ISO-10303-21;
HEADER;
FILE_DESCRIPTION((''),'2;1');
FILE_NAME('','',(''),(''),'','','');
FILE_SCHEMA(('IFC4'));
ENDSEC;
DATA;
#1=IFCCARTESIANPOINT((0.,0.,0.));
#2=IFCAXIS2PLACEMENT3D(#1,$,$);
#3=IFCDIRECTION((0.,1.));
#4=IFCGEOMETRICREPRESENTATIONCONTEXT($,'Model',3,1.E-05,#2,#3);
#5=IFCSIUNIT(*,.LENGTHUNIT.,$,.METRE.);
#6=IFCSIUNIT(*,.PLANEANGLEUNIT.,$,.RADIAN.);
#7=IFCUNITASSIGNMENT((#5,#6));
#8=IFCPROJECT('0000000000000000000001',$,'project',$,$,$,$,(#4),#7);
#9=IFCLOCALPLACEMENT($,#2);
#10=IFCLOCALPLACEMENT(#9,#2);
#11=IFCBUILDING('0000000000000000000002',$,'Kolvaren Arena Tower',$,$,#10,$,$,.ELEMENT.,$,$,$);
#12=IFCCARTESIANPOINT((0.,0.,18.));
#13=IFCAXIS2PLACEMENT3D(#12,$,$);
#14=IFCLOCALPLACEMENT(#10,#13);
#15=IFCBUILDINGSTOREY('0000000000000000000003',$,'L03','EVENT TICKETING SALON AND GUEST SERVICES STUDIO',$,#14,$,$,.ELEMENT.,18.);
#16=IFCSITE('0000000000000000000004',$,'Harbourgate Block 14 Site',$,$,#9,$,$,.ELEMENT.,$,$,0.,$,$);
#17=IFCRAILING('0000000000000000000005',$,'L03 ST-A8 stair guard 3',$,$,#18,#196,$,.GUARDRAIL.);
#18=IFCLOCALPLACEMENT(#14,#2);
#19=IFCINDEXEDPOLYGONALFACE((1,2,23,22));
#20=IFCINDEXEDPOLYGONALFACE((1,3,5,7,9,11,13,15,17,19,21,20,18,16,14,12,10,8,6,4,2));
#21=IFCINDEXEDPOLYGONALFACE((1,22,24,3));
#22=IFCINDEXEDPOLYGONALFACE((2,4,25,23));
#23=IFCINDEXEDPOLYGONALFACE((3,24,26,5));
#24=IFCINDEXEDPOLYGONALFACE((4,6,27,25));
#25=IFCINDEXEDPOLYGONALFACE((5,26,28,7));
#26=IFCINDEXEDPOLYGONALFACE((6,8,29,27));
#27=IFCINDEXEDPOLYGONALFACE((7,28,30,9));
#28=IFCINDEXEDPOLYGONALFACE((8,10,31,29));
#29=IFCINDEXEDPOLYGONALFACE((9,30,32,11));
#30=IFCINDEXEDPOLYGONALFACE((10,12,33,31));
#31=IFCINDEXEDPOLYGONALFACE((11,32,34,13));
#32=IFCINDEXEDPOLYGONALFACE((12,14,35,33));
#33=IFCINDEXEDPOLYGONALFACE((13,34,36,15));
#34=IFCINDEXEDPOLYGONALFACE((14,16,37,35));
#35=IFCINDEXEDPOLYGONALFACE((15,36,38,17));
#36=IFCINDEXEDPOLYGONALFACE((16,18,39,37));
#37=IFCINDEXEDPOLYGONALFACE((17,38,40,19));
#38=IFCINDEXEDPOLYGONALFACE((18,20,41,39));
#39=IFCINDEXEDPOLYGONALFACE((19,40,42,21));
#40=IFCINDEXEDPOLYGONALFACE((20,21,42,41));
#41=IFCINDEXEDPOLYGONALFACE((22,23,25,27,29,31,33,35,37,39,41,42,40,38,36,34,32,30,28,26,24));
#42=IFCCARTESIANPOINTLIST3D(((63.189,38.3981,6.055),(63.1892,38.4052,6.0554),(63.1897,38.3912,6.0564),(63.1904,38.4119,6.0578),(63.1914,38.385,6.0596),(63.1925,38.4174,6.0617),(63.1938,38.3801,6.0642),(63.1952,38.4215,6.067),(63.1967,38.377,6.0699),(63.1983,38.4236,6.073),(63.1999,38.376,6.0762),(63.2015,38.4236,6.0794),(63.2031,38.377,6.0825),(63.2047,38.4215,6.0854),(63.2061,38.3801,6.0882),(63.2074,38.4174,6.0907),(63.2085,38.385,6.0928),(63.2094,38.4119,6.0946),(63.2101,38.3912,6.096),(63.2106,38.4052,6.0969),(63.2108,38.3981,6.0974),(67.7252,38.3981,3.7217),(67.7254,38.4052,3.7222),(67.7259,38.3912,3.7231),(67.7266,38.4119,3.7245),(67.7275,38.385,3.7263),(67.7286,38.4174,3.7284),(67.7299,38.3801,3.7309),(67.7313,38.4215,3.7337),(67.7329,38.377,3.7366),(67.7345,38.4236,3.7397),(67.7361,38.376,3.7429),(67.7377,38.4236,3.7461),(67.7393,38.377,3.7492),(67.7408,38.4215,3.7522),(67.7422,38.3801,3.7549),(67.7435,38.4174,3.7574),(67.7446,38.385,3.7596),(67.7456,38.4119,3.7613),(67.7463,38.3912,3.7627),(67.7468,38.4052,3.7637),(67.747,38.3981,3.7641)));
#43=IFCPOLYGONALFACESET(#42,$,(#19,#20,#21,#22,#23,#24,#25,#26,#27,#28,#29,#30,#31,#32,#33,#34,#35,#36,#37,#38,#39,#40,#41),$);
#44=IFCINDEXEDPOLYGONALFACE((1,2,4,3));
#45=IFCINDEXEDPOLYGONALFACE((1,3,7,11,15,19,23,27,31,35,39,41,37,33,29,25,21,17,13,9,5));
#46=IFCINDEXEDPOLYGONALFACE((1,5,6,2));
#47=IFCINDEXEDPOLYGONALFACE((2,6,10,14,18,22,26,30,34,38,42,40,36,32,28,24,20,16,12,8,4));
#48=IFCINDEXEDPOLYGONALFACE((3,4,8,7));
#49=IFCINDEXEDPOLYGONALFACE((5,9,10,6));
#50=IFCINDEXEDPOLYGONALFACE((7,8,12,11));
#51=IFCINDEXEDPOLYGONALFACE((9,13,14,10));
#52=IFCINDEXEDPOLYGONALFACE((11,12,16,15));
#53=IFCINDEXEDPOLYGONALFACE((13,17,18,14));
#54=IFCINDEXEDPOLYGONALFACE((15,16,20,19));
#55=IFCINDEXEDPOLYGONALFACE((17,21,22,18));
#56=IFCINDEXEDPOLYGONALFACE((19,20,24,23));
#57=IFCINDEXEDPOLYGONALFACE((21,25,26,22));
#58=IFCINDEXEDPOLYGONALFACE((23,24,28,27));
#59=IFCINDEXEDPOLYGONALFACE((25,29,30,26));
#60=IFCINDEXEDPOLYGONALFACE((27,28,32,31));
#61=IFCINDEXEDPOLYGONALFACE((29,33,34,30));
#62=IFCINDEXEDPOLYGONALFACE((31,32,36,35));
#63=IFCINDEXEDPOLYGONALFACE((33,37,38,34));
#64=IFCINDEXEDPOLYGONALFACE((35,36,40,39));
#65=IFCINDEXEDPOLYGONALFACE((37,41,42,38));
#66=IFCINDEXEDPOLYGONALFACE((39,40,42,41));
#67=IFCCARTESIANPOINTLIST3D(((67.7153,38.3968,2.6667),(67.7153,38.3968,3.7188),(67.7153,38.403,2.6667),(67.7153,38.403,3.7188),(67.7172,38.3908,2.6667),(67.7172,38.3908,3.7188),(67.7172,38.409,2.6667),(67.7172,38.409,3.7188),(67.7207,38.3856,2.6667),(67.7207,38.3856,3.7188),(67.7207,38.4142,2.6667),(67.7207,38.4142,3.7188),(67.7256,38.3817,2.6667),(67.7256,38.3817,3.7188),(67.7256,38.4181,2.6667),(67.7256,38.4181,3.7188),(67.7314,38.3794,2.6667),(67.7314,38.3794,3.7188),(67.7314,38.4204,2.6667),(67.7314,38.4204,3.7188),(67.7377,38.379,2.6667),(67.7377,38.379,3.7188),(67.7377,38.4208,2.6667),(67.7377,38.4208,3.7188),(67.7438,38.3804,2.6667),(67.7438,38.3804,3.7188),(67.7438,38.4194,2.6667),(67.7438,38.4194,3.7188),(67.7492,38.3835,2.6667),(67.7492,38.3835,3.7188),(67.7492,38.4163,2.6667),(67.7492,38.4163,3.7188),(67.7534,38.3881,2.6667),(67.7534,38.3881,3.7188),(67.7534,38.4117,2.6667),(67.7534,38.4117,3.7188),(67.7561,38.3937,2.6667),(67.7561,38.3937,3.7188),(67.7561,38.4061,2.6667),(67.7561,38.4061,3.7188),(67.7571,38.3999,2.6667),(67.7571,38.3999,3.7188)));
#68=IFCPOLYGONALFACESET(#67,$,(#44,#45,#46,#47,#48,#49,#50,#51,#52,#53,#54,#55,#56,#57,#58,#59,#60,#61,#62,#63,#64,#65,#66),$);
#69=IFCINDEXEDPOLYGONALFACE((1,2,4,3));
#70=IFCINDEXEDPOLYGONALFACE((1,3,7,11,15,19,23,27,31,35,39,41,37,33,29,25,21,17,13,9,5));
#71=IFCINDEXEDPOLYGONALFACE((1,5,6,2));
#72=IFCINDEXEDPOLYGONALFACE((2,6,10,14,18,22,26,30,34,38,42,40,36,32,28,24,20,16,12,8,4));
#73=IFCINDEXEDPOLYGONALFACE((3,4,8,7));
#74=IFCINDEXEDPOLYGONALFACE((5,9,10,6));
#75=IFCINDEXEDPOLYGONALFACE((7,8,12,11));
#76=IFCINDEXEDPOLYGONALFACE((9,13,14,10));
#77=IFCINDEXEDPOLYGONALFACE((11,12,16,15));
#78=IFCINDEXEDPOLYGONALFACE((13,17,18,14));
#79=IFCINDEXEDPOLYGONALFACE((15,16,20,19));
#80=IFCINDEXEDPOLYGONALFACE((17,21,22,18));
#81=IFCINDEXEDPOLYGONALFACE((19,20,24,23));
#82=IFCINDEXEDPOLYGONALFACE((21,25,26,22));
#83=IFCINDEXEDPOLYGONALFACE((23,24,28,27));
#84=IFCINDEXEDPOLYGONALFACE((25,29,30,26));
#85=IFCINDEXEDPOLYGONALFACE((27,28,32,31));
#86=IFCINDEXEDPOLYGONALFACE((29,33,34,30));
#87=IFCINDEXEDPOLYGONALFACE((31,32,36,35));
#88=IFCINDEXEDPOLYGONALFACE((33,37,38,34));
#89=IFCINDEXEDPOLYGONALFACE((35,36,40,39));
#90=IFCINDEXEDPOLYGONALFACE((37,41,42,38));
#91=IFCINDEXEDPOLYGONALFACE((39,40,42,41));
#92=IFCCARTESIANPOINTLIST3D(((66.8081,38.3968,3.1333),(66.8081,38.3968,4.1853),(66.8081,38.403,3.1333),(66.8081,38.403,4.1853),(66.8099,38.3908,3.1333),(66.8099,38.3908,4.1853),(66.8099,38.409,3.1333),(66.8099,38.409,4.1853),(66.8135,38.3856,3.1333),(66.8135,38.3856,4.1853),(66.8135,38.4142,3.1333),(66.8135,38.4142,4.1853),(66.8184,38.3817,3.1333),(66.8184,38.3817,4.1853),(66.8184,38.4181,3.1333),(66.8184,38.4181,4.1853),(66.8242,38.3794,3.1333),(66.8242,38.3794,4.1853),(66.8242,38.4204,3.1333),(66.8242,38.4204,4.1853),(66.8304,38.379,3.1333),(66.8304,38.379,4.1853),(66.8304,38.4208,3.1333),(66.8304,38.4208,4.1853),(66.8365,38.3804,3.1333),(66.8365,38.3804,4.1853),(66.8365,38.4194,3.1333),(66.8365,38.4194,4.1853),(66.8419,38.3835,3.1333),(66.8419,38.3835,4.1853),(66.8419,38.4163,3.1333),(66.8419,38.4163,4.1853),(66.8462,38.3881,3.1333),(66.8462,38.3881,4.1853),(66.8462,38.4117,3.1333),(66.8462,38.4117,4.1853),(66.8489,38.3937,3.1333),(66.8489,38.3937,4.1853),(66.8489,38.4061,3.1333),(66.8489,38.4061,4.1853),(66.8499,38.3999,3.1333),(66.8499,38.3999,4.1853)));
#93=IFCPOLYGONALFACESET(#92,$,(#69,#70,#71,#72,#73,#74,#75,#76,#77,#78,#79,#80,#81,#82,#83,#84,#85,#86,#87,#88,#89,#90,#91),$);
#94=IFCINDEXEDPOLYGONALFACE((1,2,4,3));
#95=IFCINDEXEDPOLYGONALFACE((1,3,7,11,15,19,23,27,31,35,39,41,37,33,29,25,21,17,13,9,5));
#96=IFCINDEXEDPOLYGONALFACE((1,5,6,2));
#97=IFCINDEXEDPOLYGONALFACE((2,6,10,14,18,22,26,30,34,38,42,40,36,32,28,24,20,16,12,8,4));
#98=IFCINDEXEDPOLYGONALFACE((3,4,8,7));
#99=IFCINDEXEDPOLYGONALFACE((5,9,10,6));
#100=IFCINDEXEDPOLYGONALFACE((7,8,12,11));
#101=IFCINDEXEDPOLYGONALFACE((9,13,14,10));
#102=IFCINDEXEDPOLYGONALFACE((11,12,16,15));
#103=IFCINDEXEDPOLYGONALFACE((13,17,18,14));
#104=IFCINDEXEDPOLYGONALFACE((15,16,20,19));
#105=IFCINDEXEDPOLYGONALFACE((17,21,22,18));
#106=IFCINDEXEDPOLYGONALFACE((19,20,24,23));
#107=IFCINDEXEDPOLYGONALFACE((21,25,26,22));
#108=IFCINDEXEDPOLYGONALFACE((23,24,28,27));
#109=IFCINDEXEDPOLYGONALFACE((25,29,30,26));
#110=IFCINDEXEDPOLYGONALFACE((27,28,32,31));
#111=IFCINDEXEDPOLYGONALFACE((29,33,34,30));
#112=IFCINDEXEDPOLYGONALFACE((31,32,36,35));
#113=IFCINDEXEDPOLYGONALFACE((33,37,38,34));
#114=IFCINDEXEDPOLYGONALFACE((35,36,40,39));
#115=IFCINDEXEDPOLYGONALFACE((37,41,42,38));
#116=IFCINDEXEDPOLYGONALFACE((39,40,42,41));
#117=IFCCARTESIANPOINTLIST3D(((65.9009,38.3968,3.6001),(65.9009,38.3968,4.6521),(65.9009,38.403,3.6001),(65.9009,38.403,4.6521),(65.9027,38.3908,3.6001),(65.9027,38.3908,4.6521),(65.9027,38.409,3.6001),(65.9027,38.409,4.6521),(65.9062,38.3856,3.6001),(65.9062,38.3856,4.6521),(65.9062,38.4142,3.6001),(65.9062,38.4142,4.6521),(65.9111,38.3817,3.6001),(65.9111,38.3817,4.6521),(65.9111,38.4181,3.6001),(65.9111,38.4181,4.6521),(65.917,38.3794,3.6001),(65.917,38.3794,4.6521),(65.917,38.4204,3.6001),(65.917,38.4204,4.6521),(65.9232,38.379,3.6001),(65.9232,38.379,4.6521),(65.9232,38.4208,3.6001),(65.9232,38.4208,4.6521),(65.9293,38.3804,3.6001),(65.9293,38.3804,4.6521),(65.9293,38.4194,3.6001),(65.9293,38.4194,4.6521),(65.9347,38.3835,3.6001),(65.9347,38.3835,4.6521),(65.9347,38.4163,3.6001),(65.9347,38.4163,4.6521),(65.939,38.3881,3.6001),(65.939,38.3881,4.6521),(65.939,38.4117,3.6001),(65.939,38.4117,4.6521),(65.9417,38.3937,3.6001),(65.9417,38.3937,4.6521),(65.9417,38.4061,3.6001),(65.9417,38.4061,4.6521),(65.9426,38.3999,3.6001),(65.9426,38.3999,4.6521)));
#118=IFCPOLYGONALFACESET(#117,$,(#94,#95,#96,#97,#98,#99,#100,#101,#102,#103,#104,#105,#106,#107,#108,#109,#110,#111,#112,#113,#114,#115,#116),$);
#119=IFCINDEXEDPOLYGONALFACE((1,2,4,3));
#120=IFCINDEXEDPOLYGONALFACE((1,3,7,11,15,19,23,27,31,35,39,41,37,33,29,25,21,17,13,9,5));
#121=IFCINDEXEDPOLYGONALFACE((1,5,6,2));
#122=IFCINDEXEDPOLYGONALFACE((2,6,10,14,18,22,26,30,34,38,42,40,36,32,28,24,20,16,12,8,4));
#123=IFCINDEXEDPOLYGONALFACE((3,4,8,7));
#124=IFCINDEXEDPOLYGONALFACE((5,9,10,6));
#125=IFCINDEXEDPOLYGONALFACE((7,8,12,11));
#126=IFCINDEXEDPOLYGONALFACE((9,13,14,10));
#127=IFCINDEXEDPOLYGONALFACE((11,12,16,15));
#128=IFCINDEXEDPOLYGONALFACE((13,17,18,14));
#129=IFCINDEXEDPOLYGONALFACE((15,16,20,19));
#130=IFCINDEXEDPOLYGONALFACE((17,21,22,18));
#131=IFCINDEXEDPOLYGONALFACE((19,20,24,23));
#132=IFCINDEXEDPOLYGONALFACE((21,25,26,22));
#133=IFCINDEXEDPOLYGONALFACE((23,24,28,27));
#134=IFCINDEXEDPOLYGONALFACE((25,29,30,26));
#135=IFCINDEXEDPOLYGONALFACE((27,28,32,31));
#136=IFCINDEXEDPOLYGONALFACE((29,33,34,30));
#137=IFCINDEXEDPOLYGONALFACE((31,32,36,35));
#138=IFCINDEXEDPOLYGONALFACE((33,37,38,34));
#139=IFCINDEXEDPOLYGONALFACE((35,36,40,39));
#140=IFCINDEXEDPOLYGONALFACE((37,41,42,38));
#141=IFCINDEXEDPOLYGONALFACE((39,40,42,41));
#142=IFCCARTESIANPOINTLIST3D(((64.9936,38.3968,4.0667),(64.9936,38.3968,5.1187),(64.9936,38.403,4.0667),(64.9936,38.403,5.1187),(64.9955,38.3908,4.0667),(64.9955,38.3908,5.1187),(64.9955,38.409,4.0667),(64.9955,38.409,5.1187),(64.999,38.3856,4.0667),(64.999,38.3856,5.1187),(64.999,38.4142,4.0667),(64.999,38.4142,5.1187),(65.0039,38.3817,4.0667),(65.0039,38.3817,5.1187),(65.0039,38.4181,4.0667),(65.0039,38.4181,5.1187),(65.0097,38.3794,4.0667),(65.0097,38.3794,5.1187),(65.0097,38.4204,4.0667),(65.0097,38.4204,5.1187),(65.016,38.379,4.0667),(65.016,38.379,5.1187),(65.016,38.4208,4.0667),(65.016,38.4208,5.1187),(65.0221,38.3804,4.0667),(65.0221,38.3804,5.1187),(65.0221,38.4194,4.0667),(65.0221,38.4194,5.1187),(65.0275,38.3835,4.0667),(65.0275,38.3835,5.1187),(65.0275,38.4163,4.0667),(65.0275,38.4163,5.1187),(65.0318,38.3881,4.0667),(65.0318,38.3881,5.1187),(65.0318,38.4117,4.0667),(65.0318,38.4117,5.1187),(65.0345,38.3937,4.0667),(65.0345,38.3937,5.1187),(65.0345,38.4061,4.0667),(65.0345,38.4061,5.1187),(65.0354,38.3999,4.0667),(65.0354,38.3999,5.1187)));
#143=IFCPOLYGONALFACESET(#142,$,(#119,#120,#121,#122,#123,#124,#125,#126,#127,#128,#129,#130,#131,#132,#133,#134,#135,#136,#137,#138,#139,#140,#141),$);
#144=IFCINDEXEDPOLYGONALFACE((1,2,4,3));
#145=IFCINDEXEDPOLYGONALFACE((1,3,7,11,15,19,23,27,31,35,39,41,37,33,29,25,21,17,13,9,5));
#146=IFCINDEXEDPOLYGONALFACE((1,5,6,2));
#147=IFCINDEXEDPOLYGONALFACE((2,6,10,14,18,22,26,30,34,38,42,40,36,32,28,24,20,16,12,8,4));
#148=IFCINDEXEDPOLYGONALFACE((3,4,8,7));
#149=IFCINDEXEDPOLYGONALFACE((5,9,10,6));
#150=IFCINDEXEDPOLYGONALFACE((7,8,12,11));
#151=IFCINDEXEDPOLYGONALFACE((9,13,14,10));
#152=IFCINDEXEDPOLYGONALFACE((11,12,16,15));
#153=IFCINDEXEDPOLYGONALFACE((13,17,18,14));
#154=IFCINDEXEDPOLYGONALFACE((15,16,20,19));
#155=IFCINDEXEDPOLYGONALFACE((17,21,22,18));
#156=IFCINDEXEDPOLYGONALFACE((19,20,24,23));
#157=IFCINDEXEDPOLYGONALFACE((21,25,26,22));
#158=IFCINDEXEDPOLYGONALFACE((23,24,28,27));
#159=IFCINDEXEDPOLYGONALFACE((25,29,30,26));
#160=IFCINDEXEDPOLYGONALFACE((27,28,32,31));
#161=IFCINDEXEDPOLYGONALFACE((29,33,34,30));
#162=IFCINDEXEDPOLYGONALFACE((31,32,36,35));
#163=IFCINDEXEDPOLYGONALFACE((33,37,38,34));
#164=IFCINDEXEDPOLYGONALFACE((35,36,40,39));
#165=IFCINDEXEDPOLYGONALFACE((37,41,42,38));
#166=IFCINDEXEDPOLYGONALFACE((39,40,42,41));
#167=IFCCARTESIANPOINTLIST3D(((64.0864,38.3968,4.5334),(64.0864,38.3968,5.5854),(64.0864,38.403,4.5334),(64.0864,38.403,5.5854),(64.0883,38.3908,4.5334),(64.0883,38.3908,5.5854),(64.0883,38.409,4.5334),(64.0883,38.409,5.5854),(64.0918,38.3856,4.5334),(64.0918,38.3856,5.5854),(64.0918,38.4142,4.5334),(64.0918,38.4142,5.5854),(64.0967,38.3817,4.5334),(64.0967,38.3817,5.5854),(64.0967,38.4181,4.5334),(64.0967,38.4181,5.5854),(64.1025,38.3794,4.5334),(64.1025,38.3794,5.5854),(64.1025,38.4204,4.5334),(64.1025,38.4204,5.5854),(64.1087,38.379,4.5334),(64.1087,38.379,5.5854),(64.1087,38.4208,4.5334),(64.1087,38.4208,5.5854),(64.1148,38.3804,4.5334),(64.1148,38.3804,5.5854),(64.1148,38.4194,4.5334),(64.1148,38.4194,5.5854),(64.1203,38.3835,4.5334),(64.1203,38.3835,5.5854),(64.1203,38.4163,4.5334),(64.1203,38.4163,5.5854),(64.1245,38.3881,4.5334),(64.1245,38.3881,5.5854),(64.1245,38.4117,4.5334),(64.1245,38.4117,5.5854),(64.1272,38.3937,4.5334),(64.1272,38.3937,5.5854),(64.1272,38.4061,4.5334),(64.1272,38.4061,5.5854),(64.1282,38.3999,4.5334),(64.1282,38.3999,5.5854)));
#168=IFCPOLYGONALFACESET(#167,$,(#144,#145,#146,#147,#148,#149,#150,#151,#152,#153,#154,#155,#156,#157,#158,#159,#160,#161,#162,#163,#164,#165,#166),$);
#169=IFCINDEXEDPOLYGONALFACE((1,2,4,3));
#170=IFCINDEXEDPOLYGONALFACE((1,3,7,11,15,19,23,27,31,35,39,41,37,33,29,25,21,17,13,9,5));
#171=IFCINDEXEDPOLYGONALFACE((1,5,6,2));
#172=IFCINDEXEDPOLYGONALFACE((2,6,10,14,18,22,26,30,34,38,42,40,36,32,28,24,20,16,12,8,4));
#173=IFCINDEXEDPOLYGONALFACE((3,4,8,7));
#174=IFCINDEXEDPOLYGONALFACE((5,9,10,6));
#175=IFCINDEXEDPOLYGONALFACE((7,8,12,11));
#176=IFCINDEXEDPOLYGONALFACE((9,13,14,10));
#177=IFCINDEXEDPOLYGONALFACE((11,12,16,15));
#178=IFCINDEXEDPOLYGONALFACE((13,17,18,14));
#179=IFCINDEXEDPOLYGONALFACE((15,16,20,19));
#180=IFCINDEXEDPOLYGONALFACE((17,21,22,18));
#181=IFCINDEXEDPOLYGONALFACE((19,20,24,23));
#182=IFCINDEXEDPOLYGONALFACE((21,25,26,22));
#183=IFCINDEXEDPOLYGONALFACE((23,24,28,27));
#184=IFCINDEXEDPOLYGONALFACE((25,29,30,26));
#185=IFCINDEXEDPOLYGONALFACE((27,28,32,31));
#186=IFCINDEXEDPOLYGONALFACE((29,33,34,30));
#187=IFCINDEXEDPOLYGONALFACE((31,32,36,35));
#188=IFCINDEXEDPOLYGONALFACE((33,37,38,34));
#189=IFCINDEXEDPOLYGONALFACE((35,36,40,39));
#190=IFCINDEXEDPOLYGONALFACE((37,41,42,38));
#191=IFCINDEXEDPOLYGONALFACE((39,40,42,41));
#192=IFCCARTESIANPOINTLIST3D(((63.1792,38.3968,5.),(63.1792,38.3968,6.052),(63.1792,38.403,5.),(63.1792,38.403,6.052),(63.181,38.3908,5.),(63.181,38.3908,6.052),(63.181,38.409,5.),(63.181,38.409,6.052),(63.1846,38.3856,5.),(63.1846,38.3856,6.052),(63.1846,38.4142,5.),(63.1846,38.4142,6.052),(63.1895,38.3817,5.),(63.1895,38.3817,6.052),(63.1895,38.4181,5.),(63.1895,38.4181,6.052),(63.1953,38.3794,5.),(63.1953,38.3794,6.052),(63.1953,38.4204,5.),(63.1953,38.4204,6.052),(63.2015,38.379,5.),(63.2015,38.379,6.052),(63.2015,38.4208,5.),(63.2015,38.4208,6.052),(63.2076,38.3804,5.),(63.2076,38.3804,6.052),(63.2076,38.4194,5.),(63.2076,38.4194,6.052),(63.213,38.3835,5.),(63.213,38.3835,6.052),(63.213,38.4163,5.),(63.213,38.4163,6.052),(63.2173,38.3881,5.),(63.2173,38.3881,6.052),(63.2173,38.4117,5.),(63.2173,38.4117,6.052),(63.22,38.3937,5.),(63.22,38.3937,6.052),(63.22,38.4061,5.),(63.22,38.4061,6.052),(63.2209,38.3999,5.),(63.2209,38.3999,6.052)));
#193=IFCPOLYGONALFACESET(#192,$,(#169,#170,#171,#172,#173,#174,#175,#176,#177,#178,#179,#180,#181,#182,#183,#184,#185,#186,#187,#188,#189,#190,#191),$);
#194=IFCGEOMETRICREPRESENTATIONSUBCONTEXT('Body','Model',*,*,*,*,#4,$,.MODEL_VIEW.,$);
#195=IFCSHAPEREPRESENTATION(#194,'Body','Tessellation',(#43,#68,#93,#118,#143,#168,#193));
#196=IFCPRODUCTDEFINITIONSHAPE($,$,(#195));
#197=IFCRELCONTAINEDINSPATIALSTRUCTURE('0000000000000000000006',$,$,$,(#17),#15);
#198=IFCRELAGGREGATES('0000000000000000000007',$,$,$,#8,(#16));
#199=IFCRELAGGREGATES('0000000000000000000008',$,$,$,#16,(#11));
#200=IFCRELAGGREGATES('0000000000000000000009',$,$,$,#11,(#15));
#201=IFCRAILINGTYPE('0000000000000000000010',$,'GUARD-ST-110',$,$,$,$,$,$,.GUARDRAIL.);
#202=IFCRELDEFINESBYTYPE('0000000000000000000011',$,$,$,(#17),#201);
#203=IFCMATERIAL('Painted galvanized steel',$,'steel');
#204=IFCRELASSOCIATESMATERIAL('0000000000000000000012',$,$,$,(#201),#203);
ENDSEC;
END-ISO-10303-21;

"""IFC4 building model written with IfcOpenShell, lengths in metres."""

from ifc_helpers import new_model, si_unit, direction, frame, origin, origin_2d, place, context, subcontext, project, spatial, circle, extrude, material, type_object, element, save


model = new_model("IFC4")

# Units and contexts
model_context = context("Model", 3, precision=1e-05, world=origin(), true_north=direction((0.0, 1.0)))
body_context = subcontext(model_context, "Body", "Model", "MODEL_VIEW")
ifc_project = project(units=[si_unit("LENGTHUNIT", "METRE"), si_unit("PLANEANGLEUNIT", "RADIAN")], contexts=[model_context])

# Site, building, storey
site_placement = place(None, origin())
site = spatial("IfcSite", under=ifc_project, at=site_placement, Name="Harbourgate Block 14 Site", CompositionType="ELEMENT", RefElevation=0.0)
building_placement = place(site_placement, origin())
building = spatial("IfcBuilding", under=site, at=building_placement, Name="Kolvaren Arena Tower", CompositionType="ELEMENT")
storey_placement = place(building_placement, frame((0.0, 0.0, 18.0)))
storey = spatial("IfcBuildingStorey", under=building, at=storey_placement, Name="L03", Description="EVENT TICKETING SALON AND GUEST SERVICES STUDIO", CompositionType="ELEMENT", Elevation=18.0)

# Railing
ifc_material_1 = material(Name="Painted galvanized steel", Category="steel")
railing_type_1 = type_object("IfcRailingType", Name="GUARD-ST-110", PredefinedType="GUARDRAIL", material=ifc_material_1)
railing_1_placement = place(storey_placement, frame((67.7361, 38.3999, 2.6667)))
element("IfcRailing", 1, at=railing_1_placement, inside=storey, type_object=railing_type_1, Name="L03 ST-A8 stair guard 3", PredefinedType="GUARDRAIL", context=body_context, shape_type="SweptSolid", body=[
    extrude(circle(Radius=0.0239, at=origin_2d()), frame((0.0, 0.0, 1.0762), z_axis=(-0.889257, 0.0, 0.457407), x_axis=(0.0, -1.0, 0.0)), (0.0, 0.0, 1.0), 5.1011),
    extrude(circle(Radius=0.021, at=origin_2d()), origin(), (0.0, 0.0, 1.0), 1.052),
    extrude(circle(Radius=0.021, at=origin_2d()), frame((-0.9072, 0.0, 0.4666)), (0.0, 0.0, 1.0), 1.052),
    extrude(circle(Radius=0.021, at=origin_2d()), frame((-1.8145, 0.0, 0.9333)), (0.0, 0.0, 1.0), 1.052),
    extrude(circle(Radius=0.021, at=origin_2d()), frame((-2.7217, 0.0, 1.3999)), (0.0, 0.0, 1.0), 1.052),
    extrude(circle(Radius=0.021, at=origin_2d()), frame((-3.6289, 0.0, 1.8667)), (0.0, 0.0, 1.0), 1.052),
    extrude(circle(Radius=0.021, at=origin_2d()), frame((-4.5361, 0.0, 2.3333)), (0.0, 0.0, 1.0), 1.052),
])

save(model, "model.ifc")
